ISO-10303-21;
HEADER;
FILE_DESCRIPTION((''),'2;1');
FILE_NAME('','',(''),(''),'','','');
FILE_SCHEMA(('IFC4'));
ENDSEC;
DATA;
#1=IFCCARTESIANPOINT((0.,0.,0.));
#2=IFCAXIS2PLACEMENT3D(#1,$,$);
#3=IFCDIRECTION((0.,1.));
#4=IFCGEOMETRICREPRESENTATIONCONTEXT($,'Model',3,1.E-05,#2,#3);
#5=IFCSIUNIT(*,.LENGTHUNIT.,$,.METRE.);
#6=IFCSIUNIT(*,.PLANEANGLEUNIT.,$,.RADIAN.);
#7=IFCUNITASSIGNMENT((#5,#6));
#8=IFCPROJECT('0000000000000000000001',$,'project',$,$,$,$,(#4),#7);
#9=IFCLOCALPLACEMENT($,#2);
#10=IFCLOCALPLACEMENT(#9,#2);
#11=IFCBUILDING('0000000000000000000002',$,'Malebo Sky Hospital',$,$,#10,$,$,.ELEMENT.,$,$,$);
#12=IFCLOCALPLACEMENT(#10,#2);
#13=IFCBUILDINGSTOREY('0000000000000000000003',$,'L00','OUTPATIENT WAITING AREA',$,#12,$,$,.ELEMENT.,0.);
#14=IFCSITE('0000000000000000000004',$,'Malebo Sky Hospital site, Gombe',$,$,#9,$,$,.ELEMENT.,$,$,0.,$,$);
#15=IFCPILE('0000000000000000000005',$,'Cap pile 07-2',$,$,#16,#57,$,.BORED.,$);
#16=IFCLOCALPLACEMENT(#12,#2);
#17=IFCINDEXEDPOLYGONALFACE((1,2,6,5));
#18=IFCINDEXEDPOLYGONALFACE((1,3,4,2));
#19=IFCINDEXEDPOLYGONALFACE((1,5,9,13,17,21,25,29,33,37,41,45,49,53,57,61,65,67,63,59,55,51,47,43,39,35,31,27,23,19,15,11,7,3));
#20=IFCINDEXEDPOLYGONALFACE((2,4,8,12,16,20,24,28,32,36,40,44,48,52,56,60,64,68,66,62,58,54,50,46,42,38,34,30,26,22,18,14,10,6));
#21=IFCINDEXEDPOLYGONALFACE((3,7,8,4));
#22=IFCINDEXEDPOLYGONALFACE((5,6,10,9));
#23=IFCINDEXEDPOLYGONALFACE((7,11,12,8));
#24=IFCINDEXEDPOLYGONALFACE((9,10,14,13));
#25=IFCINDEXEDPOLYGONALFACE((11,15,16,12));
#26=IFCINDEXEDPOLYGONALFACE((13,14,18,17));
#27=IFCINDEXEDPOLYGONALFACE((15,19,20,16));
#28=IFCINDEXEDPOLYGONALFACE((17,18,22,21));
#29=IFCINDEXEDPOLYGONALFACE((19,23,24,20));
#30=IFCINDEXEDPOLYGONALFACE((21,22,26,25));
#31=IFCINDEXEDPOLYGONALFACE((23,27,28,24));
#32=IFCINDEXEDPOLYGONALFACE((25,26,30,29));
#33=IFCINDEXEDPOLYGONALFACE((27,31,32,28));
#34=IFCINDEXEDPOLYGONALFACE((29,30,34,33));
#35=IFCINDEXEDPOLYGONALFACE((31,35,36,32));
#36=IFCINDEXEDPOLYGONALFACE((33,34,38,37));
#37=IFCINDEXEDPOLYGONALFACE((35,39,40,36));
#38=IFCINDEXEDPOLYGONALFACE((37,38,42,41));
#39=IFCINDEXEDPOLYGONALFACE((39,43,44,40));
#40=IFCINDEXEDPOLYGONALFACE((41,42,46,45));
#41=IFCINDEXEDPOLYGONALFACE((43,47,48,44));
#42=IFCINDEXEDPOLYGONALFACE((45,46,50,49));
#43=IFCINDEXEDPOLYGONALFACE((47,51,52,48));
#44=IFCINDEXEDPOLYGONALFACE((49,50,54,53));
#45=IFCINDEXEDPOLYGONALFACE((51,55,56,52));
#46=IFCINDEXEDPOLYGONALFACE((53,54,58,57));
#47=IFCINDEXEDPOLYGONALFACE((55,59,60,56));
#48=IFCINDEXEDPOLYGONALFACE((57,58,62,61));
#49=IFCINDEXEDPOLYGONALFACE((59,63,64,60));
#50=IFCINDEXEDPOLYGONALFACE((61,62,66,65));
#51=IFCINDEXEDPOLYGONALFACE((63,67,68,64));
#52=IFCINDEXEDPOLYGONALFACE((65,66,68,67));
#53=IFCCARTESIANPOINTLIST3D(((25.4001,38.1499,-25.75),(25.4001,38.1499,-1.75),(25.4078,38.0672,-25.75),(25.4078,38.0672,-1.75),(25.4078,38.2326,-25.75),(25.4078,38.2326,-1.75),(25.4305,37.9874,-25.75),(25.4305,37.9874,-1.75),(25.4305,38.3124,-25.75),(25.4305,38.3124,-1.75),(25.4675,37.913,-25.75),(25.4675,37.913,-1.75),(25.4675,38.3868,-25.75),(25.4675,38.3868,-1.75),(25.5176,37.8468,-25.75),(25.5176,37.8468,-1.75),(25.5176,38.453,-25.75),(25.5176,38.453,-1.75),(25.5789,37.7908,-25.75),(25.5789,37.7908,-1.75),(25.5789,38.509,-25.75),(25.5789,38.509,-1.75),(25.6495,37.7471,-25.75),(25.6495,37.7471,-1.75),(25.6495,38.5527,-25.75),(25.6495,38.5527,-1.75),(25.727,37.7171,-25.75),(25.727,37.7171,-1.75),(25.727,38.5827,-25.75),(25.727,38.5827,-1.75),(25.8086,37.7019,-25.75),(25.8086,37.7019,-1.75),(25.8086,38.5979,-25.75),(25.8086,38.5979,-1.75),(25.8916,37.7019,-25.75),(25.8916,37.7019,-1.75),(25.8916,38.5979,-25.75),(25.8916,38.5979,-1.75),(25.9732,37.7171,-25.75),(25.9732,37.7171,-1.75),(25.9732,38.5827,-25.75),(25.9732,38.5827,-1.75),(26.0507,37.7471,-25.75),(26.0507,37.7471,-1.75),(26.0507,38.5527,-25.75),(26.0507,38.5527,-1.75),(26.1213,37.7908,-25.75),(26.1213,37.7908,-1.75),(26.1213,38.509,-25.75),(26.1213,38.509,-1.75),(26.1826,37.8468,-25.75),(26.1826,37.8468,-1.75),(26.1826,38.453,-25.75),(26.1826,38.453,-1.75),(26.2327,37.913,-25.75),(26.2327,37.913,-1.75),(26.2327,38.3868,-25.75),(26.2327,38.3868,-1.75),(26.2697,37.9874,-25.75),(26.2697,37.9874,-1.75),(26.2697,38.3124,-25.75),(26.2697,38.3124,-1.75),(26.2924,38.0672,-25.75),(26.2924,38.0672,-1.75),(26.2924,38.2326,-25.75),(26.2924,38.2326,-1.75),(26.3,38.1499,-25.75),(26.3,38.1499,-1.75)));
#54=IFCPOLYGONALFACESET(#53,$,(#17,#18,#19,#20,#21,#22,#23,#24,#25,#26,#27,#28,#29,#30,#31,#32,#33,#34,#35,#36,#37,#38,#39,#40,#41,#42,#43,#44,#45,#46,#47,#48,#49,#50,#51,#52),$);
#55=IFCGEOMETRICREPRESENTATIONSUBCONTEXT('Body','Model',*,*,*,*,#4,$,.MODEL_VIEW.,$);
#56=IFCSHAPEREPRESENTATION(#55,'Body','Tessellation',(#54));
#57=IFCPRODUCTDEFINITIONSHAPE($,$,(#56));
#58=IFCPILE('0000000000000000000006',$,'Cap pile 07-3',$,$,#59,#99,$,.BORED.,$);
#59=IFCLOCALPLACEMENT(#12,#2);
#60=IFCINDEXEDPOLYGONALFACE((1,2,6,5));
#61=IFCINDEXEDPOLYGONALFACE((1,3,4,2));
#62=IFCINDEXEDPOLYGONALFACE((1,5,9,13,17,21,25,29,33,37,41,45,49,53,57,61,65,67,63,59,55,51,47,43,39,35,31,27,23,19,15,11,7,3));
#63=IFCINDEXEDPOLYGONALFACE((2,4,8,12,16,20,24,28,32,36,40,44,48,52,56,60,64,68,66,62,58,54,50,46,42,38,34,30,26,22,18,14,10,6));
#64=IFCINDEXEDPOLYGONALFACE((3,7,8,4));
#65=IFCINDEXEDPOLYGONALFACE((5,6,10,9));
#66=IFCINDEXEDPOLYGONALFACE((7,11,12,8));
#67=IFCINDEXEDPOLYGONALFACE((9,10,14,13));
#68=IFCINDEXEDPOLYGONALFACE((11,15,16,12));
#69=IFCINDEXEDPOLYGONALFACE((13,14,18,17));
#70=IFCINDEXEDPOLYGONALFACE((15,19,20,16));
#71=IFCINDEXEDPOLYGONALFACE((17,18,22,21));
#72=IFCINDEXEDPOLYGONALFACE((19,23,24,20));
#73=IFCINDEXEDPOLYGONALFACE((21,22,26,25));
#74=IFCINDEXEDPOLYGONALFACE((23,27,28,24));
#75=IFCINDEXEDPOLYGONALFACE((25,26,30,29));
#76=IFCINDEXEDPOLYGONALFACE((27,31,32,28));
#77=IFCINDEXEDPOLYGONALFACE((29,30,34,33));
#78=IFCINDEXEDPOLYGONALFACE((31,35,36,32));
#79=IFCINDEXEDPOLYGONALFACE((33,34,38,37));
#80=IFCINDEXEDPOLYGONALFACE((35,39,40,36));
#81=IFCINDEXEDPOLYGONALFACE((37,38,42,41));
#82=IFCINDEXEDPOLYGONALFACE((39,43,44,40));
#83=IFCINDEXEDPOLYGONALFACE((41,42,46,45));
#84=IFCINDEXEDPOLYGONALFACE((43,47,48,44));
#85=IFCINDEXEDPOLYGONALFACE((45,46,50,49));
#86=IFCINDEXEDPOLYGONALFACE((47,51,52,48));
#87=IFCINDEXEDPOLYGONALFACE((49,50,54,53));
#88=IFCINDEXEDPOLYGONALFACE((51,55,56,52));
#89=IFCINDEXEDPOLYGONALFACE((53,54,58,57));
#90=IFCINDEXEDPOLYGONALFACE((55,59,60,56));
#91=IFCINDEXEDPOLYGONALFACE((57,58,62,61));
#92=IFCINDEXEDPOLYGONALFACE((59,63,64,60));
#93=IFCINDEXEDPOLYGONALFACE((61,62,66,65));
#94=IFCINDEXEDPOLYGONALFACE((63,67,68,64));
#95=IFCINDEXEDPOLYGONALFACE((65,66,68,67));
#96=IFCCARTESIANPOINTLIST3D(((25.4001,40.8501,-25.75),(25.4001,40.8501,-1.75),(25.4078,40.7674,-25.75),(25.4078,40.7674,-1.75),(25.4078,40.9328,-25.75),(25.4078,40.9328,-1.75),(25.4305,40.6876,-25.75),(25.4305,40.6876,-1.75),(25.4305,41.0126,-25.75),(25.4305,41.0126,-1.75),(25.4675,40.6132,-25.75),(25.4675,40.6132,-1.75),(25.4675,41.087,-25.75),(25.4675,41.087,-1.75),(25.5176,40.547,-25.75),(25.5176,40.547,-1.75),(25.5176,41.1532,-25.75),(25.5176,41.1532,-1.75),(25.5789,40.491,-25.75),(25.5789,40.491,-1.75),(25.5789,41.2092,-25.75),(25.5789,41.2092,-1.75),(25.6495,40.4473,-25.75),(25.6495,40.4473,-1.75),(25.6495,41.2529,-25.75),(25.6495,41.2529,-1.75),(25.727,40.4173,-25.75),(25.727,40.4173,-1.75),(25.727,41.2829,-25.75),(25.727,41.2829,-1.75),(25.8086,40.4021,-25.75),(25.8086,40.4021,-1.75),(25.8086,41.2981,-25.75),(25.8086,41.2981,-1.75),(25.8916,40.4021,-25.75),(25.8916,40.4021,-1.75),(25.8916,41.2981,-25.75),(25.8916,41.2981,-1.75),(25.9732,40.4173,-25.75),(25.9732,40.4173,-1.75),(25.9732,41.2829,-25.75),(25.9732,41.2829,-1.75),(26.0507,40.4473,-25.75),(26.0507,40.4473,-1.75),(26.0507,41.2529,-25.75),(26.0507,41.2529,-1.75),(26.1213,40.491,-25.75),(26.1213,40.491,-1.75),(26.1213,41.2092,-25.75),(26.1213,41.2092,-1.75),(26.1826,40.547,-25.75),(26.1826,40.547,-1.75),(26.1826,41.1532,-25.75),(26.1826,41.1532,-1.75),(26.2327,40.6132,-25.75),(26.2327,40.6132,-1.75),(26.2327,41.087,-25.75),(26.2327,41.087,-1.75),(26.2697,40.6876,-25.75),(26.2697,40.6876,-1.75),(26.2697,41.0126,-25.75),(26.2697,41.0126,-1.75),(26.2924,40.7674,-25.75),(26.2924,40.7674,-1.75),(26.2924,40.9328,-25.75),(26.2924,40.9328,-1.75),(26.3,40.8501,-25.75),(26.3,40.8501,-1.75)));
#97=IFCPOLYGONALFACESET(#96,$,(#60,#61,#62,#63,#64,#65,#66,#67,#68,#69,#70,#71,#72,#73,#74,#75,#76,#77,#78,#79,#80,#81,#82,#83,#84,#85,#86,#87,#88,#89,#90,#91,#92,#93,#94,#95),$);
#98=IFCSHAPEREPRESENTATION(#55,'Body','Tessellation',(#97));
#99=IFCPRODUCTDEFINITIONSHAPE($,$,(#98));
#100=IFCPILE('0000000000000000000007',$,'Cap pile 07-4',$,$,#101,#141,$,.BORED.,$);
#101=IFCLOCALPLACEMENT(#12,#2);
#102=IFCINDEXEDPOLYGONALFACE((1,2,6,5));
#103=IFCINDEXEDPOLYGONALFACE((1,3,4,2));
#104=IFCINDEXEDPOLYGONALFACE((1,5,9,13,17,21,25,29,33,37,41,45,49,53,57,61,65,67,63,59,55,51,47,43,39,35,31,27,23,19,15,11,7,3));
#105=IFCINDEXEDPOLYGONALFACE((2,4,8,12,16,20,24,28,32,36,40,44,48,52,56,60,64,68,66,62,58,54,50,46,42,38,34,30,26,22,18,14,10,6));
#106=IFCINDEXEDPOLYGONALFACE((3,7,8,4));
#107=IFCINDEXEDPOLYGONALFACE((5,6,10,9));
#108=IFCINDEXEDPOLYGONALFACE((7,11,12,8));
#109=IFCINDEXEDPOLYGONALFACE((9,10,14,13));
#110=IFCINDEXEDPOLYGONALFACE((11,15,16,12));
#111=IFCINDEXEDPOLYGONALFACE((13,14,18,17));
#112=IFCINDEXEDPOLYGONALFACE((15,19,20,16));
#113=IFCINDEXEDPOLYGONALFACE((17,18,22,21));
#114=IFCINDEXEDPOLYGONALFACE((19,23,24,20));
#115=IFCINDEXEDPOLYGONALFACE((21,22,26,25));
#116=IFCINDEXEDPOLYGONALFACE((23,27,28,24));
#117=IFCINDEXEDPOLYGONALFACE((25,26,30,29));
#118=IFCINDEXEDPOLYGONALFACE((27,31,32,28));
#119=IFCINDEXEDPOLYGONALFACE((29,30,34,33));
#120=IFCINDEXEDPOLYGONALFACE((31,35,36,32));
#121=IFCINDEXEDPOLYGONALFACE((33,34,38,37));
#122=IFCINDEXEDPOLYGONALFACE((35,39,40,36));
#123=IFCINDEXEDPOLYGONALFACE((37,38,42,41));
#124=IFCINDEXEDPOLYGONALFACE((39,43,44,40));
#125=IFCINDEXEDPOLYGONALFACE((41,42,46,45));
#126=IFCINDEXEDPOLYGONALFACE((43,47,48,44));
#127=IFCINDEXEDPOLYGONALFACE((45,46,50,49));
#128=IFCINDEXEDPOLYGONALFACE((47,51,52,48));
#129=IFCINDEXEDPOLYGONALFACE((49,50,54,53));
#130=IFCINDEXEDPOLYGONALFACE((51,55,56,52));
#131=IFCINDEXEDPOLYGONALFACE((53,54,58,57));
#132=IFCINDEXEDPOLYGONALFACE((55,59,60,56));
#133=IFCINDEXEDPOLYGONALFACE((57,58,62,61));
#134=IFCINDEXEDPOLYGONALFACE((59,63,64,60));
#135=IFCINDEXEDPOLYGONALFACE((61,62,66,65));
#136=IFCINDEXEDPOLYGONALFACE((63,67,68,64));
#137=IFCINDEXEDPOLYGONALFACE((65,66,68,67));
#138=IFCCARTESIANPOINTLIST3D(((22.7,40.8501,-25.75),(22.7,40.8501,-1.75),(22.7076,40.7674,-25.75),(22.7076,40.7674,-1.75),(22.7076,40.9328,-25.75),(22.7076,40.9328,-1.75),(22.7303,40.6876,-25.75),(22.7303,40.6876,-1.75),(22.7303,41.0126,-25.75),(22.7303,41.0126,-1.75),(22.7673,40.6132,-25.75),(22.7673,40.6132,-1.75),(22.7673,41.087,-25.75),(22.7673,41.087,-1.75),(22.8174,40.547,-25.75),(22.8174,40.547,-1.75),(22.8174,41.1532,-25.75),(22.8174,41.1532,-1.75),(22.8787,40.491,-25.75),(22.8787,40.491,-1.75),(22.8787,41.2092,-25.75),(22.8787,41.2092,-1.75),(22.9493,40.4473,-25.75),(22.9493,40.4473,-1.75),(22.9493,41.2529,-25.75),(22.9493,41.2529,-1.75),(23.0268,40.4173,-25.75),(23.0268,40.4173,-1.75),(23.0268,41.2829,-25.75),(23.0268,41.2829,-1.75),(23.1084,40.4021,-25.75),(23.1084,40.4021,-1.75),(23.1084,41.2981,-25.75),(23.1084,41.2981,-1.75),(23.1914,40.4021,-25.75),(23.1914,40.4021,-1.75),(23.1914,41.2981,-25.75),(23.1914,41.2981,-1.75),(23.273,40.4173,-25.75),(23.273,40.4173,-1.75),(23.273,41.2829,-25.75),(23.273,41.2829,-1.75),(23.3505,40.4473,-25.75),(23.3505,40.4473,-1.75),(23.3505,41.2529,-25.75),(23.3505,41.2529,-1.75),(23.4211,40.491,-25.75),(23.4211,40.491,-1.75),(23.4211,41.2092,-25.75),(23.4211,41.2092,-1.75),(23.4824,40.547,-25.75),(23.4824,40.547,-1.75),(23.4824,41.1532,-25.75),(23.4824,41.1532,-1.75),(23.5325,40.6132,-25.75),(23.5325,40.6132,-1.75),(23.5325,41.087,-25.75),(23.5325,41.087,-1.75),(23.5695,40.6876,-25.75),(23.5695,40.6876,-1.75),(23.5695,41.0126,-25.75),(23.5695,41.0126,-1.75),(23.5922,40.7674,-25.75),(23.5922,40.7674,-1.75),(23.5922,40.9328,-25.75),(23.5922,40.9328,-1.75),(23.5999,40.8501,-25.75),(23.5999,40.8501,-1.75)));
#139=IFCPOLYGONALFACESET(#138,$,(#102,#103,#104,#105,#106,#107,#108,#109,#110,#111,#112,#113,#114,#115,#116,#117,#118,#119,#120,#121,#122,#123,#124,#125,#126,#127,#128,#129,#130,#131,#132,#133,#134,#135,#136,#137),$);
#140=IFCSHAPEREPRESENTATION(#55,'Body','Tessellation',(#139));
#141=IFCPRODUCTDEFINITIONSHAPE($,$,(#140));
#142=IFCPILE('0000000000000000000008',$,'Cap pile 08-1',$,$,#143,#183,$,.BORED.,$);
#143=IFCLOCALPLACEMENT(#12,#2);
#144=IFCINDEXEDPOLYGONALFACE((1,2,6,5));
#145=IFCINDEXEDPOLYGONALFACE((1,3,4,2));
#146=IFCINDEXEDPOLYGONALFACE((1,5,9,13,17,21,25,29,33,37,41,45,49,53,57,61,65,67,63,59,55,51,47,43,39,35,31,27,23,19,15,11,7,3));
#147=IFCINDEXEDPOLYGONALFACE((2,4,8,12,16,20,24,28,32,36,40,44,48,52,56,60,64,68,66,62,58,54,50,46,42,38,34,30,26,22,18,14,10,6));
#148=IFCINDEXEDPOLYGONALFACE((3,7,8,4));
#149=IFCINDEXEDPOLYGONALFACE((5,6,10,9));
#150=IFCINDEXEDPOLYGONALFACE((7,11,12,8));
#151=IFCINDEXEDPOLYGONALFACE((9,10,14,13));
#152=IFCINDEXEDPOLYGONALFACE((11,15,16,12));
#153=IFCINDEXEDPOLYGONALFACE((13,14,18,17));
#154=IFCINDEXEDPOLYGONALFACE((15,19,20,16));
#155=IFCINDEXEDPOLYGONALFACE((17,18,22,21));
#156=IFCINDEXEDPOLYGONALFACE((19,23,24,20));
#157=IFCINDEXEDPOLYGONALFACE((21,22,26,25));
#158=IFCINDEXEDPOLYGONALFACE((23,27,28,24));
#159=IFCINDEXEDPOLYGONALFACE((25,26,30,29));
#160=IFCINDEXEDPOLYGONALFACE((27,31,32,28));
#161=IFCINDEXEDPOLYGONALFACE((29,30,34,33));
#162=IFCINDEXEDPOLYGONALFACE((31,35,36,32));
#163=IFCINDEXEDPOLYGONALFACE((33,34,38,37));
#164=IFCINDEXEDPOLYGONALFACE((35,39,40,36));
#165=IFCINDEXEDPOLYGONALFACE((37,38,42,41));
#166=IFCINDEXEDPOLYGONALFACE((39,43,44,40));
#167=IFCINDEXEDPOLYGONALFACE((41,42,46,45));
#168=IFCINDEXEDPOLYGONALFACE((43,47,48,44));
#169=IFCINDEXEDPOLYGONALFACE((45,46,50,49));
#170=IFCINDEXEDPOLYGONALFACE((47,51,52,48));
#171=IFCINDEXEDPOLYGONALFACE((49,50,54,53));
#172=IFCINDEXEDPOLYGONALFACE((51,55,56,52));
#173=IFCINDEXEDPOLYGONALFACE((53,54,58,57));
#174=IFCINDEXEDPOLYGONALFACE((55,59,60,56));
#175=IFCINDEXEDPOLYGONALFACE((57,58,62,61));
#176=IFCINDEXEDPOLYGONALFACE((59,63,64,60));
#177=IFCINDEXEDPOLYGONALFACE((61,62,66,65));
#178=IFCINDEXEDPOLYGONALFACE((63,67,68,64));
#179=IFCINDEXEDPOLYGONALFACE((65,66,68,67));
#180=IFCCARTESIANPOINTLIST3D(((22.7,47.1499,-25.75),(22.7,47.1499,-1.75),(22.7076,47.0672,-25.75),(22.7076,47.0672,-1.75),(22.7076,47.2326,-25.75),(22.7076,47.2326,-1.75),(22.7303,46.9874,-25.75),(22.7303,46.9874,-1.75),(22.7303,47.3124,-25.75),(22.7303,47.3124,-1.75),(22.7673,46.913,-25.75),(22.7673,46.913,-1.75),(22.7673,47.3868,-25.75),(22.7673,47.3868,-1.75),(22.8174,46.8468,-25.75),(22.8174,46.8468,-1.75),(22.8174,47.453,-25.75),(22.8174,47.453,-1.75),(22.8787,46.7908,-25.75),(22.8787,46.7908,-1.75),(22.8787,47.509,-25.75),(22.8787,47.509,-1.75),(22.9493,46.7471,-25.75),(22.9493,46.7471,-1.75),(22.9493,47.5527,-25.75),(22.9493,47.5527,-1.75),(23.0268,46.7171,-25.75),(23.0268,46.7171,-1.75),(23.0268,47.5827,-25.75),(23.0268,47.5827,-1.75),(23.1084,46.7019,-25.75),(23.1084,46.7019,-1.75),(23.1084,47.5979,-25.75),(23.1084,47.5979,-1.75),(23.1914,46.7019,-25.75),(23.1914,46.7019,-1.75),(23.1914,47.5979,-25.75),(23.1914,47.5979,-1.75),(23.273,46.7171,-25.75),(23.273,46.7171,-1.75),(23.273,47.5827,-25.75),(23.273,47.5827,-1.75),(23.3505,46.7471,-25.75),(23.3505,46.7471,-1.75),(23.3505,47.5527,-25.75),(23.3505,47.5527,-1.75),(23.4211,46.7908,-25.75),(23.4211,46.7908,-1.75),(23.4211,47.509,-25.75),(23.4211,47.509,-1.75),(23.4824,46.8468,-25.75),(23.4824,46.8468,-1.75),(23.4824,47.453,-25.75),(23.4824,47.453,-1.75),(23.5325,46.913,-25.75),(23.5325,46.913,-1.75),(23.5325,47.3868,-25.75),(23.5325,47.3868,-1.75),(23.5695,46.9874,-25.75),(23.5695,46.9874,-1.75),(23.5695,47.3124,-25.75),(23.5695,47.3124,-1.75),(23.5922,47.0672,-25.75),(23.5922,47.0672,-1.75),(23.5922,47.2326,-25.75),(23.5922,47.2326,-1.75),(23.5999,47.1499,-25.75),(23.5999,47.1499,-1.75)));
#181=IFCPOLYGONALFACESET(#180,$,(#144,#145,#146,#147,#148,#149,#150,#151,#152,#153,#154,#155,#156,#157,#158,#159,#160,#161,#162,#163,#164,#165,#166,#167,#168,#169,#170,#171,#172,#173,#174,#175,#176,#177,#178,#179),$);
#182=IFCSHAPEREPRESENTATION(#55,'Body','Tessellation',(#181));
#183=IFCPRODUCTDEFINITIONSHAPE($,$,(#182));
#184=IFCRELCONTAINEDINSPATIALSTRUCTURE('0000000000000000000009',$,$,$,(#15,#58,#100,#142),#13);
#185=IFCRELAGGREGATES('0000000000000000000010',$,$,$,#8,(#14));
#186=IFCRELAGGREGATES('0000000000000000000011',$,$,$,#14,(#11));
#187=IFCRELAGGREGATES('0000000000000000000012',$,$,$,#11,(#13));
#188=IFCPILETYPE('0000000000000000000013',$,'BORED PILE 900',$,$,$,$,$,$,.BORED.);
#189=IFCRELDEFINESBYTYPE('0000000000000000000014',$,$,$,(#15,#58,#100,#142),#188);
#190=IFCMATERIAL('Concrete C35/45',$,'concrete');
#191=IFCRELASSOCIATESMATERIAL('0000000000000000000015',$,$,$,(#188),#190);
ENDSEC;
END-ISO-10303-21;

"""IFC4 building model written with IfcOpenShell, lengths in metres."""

from ifc_helpers import new_model, si_unit, direction, frame, origin, origin_2d, place, context, subcontext, project, spatial, circle, extrude, material, material_profile, profile_set, type_object, element, save


model = new_model("IFC4")

# Units and contexts
model_context = context("Model", 3, precision=1e-05, world=origin(), true_north=direction((0.0, 1.0)))
body_context = subcontext(model_context, "Body", "Model", "MODEL_VIEW")
ifc_project = project(units=[si_unit("LENGTHUNIT", "METRE"), si_unit("PLANEANGLEUNIT", "RADIAN")], contexts=[model_context])

# Site, building, storey
site_placement = place(None, origin())
site = spatial("IfcSite", under=ifc_project, at=site_placement, Name="Malebo Sky Hospital site, Gombe", CompositionType="ELEMENT", RefElevation=0.0)
building_placement = place(site_placement, origin())
building = spatial("IfcBuilding", under=site, at=building_placement, Name="Malebo Sky Hospital", CompositionType="ELEMENT")
storey_placement = place(building_placement, origin())
storey = spatial("IfcBuildingStorey", under=building, at=storey_placement, Name="L00", Description="OUTPATIENT WAITING AREA", CompositionType="ELEMENT", Elevation=0.0)

# Piles
ifc_material_1 = material(Name="Concrete C35/45", Category="concrete")
ifc_material_profile_1 = material_profile(ifc_material_1, circle(Radius=0.45, at=origin_2d()), Name="BP 900")
ifc_profile_set_1 = profile_set([ifc_material_profile_1], Name="Concrete C35/45")
pile_type = type_object("IfcPileType", Name="BORED PILE 900", PredefinedType="BORED", material=ifc_profile_set_1)
for number, where, z_axis, x_axis, name in (
    (1, (25.8501, 38.1499, -1.75), (0.0, 0.0, -1.0), (1.0, 0.0, 0.0), "Cap pile 07-2"),
    (2, (25.8501, 40.8501, -1.75), (0.0, 0.0, -1.0), (1.0, 0.0, 0.0), "Cap pile 07-3"),
    (3, (23.1499, 40.8501, -1.75), (0.0, 0.0, -1.0), (1.0, 0.0, 0.0), "Cap pile 07-4"),
    (4, (23.1499, 47.1499, -1.75), (0.0, 0.0, -1.0), (1.0, 0.0, 0.0), "Cap pile 08-1"),
):
    element("IfcPile", number, at=place(storey_placement, frame(where, z_axis=z_axis, x_axis=x_axis)), inside=storey, type_object=pile_type, Name=name, PredefinedType="BORED", context=body_context, shape_type="SweptSolid", body=[
        extrude(circle(Radius=0.45, at=origin_2d()), origin(), (0.0, 0.0, 1.0), 24.0),
    ])

save(model, "model.ifc")
